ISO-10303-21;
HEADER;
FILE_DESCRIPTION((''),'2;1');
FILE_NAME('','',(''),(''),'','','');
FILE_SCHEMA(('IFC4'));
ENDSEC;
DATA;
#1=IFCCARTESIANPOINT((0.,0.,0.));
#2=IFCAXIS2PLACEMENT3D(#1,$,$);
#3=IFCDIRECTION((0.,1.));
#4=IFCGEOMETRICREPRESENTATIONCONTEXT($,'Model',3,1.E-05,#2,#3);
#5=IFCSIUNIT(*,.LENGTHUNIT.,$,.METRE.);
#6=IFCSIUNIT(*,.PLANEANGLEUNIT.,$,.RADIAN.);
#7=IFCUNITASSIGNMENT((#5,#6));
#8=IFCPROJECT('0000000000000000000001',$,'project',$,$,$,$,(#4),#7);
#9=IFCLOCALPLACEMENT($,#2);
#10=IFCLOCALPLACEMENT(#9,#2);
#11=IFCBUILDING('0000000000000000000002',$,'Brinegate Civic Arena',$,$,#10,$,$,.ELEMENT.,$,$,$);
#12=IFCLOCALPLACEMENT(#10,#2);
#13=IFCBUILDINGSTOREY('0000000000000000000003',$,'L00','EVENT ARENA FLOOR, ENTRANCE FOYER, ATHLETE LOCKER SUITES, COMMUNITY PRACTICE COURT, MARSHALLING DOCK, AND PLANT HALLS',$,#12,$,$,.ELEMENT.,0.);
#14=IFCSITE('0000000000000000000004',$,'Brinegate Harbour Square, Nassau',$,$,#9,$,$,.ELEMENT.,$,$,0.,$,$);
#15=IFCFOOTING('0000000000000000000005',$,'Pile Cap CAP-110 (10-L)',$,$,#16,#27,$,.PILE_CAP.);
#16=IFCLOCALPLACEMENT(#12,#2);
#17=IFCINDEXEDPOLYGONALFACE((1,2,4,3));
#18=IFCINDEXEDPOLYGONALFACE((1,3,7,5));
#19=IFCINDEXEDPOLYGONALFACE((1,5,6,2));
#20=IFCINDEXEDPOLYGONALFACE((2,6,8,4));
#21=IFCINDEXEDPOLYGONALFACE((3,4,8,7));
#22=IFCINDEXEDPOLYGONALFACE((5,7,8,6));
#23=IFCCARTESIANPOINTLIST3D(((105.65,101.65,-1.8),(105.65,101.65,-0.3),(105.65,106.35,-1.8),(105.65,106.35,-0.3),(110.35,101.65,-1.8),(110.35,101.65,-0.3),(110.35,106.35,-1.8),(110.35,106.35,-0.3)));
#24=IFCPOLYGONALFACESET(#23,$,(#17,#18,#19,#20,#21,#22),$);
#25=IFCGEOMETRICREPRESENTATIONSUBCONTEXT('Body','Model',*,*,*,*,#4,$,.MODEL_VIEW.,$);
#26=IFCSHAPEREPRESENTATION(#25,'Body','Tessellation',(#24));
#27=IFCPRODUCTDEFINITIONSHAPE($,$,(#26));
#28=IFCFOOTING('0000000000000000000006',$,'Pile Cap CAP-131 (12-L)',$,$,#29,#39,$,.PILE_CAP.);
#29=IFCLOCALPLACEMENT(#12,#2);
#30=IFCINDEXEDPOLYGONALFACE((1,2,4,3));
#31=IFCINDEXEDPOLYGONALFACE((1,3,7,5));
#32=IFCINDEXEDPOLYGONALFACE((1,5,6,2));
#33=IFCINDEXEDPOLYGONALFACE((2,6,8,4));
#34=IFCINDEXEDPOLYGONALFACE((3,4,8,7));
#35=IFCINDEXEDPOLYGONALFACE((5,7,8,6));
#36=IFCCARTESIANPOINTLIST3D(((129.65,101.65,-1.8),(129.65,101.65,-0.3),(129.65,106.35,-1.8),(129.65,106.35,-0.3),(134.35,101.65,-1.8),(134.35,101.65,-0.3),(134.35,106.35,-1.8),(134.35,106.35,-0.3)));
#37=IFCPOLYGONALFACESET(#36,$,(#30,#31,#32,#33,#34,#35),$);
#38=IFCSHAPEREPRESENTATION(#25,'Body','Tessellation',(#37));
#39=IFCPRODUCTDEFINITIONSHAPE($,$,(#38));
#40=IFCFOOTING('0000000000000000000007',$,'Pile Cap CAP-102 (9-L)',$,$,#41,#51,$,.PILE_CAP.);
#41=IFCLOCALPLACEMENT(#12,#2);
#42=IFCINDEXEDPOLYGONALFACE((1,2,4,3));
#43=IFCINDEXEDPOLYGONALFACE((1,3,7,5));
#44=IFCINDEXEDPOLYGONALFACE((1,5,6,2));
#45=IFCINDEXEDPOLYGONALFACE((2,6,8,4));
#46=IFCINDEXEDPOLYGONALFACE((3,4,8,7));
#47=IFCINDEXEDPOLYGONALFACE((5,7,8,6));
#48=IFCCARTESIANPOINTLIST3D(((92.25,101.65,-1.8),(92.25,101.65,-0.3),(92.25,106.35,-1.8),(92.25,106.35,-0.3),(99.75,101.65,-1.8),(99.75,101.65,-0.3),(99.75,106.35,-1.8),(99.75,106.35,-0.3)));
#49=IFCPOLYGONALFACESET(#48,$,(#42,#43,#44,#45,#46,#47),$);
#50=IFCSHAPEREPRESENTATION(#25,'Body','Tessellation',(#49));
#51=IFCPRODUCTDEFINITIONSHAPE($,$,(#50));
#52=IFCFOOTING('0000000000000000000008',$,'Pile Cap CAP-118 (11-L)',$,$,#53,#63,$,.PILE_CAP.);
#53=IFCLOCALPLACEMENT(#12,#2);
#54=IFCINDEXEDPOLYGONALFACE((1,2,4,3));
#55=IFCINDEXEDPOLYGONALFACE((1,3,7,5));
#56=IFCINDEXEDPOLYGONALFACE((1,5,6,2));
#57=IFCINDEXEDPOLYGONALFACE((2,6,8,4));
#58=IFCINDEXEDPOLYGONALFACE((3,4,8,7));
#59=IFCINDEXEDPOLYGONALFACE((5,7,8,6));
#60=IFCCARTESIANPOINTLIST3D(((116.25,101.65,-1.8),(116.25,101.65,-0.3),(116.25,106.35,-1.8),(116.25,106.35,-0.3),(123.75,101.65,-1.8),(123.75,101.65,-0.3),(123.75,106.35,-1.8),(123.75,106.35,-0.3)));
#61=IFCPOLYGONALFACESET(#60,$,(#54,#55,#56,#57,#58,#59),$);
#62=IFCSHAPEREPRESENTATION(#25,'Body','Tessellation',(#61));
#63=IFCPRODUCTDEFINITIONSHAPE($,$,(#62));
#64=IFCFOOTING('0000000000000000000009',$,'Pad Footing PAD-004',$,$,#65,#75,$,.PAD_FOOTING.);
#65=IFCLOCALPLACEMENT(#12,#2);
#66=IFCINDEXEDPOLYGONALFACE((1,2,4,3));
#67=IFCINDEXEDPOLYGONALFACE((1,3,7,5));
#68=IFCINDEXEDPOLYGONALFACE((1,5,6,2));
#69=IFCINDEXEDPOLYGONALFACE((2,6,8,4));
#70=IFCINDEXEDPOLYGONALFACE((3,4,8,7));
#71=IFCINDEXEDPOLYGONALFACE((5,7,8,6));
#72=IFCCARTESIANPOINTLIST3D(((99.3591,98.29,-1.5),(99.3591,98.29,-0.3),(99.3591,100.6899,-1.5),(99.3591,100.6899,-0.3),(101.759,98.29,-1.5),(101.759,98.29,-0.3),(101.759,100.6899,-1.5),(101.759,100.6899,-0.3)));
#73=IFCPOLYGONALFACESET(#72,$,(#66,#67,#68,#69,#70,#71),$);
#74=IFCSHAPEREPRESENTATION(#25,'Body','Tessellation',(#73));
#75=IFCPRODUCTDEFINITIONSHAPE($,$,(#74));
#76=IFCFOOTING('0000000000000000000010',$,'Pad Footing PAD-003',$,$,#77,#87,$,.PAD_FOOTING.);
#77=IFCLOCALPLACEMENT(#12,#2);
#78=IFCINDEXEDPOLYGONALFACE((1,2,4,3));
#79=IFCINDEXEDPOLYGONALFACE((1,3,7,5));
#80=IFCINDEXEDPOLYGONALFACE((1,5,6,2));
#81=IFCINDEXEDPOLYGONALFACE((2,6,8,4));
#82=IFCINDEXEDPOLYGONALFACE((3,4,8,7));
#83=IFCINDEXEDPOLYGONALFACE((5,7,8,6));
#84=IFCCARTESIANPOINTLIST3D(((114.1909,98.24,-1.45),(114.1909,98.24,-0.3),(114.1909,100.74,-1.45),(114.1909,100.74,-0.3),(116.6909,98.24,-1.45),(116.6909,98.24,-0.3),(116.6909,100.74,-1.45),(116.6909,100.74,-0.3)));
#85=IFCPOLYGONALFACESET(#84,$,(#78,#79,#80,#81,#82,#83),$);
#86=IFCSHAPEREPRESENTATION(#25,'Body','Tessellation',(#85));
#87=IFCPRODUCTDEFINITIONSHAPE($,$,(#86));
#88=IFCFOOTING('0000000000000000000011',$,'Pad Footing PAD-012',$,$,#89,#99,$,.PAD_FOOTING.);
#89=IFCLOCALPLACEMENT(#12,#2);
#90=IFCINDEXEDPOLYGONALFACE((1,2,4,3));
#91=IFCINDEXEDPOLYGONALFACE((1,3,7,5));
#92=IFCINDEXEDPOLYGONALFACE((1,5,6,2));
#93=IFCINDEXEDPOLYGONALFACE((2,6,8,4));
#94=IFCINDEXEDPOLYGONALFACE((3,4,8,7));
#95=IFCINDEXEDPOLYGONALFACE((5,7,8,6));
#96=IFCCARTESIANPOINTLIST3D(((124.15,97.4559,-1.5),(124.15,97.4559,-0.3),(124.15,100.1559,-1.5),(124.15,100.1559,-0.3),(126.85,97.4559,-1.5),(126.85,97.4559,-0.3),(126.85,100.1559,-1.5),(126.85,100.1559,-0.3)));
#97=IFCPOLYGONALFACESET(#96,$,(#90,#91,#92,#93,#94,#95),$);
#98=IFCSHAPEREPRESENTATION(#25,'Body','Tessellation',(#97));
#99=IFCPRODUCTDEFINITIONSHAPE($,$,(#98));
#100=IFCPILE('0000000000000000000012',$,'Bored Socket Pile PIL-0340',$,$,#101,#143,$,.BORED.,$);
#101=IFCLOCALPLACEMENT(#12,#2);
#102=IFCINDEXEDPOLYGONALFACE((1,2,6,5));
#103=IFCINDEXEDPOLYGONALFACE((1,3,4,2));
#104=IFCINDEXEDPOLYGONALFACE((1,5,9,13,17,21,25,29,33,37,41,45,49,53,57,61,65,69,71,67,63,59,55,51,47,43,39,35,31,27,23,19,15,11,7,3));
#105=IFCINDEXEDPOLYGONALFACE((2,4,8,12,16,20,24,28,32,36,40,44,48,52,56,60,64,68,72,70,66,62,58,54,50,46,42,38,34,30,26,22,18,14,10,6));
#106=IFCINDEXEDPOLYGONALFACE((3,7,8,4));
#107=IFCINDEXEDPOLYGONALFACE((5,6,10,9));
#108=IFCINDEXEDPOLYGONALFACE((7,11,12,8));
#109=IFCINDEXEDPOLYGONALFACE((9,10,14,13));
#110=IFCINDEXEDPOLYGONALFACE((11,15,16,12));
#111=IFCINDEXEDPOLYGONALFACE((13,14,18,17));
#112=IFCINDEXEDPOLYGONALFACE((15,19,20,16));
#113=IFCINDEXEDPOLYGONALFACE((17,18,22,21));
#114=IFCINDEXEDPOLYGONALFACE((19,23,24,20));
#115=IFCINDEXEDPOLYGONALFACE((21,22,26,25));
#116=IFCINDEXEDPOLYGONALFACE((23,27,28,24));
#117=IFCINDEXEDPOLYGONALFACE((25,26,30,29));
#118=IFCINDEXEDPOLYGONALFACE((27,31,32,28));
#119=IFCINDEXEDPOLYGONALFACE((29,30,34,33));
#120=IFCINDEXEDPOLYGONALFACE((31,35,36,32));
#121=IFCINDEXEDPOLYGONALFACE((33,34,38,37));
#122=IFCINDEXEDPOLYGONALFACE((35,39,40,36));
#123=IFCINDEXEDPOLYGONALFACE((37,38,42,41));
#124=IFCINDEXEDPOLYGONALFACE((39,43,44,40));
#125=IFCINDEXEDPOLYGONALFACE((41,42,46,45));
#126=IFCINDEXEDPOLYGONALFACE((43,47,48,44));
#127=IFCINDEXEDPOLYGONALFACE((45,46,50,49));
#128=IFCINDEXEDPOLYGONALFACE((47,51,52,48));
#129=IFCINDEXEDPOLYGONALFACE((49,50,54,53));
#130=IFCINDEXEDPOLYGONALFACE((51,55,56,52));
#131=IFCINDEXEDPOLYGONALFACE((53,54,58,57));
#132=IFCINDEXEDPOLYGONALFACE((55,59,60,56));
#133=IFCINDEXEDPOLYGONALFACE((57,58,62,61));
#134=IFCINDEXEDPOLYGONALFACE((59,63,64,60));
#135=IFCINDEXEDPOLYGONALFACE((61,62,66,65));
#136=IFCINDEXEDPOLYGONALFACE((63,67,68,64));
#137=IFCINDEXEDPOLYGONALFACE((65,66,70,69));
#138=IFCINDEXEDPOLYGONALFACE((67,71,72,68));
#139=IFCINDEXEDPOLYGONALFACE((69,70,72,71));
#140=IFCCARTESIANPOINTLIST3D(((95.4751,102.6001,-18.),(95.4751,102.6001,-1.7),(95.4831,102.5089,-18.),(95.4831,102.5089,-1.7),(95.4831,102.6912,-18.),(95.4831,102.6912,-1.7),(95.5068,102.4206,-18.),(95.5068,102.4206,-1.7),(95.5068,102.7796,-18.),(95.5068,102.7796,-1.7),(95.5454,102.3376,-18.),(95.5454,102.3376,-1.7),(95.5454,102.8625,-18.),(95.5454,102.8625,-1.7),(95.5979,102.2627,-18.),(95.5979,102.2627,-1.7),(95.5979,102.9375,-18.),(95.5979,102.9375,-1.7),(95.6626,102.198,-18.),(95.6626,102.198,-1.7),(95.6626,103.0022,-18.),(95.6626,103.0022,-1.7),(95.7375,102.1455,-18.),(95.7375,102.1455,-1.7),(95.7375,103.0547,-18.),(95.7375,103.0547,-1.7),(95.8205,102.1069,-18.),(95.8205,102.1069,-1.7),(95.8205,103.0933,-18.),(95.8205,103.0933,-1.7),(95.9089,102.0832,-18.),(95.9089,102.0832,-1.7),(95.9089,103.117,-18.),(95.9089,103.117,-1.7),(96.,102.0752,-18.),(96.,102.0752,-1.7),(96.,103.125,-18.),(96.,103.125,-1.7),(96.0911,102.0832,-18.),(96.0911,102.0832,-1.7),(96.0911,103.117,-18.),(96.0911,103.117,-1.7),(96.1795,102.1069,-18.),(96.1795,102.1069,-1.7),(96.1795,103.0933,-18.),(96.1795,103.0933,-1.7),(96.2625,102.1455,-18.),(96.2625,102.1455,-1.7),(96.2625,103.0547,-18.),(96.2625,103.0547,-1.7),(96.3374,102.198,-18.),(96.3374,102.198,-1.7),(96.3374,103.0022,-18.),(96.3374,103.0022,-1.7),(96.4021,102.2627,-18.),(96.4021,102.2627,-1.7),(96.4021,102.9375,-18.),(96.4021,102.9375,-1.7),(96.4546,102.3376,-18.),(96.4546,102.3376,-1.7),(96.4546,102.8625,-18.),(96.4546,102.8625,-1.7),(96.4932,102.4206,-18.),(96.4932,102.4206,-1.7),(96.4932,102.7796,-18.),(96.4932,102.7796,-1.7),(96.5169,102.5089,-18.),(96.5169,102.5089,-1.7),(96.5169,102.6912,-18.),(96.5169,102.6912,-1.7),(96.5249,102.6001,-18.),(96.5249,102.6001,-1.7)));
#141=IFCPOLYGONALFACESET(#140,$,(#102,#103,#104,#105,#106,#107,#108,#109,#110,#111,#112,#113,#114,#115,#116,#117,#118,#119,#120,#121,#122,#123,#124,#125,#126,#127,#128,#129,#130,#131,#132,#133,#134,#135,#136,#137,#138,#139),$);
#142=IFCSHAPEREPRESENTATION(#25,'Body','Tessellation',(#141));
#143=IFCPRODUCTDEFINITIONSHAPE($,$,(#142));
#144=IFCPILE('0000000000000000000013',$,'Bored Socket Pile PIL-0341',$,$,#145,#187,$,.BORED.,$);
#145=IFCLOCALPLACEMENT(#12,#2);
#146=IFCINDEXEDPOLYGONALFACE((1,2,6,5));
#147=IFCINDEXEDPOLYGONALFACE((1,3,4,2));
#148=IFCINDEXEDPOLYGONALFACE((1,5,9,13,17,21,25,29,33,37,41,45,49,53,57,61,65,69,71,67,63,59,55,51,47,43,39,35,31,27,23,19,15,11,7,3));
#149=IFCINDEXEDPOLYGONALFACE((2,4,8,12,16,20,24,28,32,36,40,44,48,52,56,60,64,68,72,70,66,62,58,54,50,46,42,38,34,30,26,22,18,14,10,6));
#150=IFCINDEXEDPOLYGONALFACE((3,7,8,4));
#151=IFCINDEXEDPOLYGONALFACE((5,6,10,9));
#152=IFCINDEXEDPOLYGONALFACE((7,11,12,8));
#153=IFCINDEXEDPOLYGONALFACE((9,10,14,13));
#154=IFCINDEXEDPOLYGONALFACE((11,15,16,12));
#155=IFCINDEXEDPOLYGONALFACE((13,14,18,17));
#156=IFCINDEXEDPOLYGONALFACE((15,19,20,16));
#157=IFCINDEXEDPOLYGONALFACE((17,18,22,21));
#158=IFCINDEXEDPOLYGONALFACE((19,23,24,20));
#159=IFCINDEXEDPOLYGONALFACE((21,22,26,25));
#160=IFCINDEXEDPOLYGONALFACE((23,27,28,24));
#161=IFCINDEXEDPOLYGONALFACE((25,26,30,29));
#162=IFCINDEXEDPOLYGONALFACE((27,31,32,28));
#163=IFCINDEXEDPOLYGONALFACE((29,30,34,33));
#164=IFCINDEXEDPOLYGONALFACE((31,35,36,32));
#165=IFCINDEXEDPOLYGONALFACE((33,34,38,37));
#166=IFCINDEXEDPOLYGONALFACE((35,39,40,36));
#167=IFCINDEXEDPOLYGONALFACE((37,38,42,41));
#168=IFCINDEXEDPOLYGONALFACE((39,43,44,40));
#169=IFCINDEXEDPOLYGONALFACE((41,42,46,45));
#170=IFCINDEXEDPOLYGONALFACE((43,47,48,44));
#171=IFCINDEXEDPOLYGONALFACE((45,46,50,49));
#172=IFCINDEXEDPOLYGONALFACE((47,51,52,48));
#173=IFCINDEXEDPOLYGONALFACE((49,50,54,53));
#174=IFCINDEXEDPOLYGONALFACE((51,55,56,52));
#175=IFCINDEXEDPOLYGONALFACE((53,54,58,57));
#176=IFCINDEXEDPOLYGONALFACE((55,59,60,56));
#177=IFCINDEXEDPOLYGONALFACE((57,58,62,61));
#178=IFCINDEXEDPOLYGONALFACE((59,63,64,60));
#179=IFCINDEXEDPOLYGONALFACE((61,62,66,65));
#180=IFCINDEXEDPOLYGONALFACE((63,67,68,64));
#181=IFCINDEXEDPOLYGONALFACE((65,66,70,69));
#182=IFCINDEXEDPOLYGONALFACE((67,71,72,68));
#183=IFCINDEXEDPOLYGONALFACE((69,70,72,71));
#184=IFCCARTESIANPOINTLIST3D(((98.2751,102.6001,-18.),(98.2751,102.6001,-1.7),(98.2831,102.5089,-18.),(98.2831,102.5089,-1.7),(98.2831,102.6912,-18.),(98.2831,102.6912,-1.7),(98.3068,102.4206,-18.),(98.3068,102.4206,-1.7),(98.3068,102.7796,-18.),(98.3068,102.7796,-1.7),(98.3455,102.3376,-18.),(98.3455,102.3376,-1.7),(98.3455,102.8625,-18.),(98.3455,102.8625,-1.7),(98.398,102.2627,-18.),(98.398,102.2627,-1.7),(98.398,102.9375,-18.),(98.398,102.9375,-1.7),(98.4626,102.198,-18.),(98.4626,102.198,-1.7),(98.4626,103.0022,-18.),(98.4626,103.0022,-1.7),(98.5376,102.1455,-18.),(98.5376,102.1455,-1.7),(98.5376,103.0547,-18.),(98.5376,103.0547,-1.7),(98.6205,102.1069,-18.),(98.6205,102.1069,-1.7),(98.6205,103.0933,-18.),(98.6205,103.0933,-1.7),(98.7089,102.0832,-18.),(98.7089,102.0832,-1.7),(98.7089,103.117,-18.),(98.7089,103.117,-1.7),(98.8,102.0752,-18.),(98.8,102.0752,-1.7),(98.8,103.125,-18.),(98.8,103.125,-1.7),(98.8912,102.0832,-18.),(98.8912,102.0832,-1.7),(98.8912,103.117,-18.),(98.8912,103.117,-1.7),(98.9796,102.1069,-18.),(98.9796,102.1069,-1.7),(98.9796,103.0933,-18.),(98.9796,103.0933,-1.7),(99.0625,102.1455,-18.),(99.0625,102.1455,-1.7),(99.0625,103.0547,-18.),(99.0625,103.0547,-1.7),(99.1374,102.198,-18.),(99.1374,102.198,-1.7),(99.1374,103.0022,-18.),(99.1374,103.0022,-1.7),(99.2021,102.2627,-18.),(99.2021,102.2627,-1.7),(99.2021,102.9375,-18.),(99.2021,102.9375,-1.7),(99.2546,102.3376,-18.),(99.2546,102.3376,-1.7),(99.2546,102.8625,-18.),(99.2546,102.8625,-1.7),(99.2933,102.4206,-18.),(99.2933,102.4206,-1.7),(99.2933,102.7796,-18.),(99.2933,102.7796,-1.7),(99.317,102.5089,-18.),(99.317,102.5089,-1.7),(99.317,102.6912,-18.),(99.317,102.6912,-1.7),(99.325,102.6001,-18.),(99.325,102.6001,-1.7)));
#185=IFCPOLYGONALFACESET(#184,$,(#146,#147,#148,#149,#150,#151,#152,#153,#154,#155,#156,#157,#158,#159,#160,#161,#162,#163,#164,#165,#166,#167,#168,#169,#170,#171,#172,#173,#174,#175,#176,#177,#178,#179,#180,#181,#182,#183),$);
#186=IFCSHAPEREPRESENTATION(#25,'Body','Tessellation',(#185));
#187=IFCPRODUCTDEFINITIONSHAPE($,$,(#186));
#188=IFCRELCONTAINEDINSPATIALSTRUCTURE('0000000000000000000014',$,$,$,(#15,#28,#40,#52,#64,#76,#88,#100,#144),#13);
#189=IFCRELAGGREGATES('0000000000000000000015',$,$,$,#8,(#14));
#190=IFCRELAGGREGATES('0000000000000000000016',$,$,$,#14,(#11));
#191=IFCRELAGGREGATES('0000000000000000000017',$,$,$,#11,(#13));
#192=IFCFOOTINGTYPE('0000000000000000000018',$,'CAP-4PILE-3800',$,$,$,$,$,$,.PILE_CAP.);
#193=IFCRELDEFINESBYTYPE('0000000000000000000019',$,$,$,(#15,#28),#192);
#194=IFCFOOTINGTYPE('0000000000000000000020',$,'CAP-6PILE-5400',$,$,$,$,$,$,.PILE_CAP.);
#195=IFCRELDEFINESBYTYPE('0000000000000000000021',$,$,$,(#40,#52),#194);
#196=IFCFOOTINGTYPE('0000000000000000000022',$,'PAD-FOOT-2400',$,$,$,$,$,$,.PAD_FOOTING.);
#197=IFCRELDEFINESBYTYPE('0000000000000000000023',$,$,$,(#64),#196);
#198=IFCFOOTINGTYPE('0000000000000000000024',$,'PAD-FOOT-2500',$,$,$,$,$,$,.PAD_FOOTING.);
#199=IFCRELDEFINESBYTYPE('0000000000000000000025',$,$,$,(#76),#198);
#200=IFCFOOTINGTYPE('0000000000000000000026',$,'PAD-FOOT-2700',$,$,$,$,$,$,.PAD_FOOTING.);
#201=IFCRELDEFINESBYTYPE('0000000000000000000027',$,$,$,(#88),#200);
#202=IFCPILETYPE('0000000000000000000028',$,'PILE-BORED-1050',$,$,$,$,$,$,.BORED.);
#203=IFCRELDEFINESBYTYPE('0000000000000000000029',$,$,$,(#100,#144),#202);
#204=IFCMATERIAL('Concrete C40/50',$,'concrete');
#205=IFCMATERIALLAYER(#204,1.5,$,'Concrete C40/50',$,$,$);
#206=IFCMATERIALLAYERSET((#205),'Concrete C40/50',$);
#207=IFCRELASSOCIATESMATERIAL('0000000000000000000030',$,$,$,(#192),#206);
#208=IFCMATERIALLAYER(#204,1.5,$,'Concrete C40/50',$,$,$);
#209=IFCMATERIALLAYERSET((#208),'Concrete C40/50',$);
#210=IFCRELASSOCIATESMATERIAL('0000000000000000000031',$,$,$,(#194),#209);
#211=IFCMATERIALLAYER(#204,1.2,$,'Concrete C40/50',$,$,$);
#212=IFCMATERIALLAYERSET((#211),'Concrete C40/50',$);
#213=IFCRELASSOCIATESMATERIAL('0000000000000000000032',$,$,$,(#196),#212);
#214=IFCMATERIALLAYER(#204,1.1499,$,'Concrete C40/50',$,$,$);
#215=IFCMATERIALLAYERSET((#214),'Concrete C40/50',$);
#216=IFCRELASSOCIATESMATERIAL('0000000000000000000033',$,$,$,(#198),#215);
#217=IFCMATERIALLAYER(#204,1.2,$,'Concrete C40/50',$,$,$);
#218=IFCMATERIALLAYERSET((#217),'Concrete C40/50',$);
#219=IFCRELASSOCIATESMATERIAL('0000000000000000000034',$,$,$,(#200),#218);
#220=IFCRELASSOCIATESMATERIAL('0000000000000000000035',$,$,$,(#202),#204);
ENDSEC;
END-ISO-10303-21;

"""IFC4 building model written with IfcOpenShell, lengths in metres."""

from ifc_helpers import new_model, si_unit, direction, frame, origin, origin_2d, place, context, subcontext, project, spatial, rectangle, circle, extrude, material, layer, layer_set, material_profile, profile_set, type_object, element, save


model = new_model("IFC4")

# Units and contexts
model_context = context("Model", 3, precision=1e-05, world=origin(), true_north=direction((0.0, 1.0)))
body_context = subcontext(model_context, "Body", "Model", "MODEL_VIEW")
ifc_project = project(units=[si_unit("LENGTHUNIT", "METRE"), si_unit("PLANEANGLEUNIT", "RADIAN")], contexts=[model_context])

# Site, building, storey
site_placement = place(None, origin())
site = spatial("IfcSite", under=ifc_project, at=site_placement, Name="Brinegate Harbour Square, Nassau", CompositionType="ELEMENT", RefElevation=0.0)
building_placement = place(site_placement, origin())
building = spatial("IfcBuilding", under=site, at=building_placement, Name="Brinegate Civic Arena", CompositionType="ELEMENT")
storey_placement = place(building_placement, origin())
storey = spatial("IfcBuildingStorey", under=building, at=storey_placement, Name="L00", Description="EVENT ARENA FLOOR, ENTRANCE FOYER, ATHLETE LOCKER SUITES, COMMUNITY PRACTICE COURT, MARSHALLING DOCK, AND PLANT HALLS", CompositionType="ELEMENT", Elevation=0.0)

# Footings
ifc_material_1 = material(Name="Concrete C40/50", Category="concrete")
ifc_layer_1 = layer(ifc_material_1, 1.5, Name="Concrete C40/50")
ifc_layer_set_1 = layer_set([ifc_layer_1], Name="Concrete C40/50")
footing_type_1 = type_object("IfcFootingType", Name="CAP-4PILE-3800", PredefinedType="PILE_CAP", material=ifc_layer_set_1)
for number, where, z_axis, x_axis, name in (
    (1, (108.0, 104.0, -1.8), (0.0, 0.0, 1.0), (1.0, 0.0, 0.0), "Pile Cap CAP-110 (10-L)"),
    (2, (132.0, 104.0, -1.8), (0.0, 0.0, 1.0), (1.0, 0.0, 0.0), "Pile Cap CAP-131 (12-L)"),
):
    element("IfcFooting", number, at=place(storey_placement, frame(where, z_axis=z_axis, x_axis=x_axis)), inside=storey, type_object=footing_type_1, Name=name, PredefinedType="PILE_CAP", context=body_context, shape_type="SweptSolid", body=[
        extrude(rectangle(XDim=4.7, YDim=4.7, at=origin_2d()), origin(), (0.0, 0.0, 1.0), 1.5),
    ])
ifc_layer_2 = layer(ifc_material_1, 1.5, Name="Concrete C40/50")
ifc_layer_set_2 = layer_set([ifc_layer_2], Name="Concrete C40/50")
footing_type_2 = type_object("IfcFootingType", Name="CAP-6PILE-5400", PredefinedType="PILE_CAP", material=ifc_layer_set_2)
for number, where, z_axis, x_axis, name in (
    (3, (96.0, 104.0, -1.8), (0.0, 0.0, 1.0), (1.0, 0.0, 0.0), "Pile Cap CAP-102 (9-L)"),
    (4, (120.0, 104.0, -1.8), (0.0, 0.0, 1.0), (1.0, 0.0, 0.0), "Pile Cap CAP-118 (11-L)"),
):
    element("IfcFooting", number, at=place(storey_placement, frame(where, z_axis=z_axis, x_axis=x_axis)), inside=storey, type_object=footing_type_2, Name=name, PredefinedType="PILE_CAP", context=body_context, shape_type="SweptSolid", body=[
        extrude(rectangle(XDim=7.5, YDim=4.7, at=origin_2d()), origin(), (0.0, 0.0, 1.0), 1.5),
    ])
ifc_layer_3 = layer(ifc_material_1, 1.2, Name="Concrete C40/50")
ifc_layer_set_3 = layer_set([ifc_layer_3], Name="Concrete C40/50")
footing_type_3 = type_object("IfcFootingType", Name="PAD-FOOT-2400", PredefinedType="PAD_FOOTING", material=ifc_layer_set_3)
footing_1_placement = place(storey_placement, frame((100.5591, 99.49, -1.5), z_axis=(0.0, 0.0, 1.0), x_axis=(1.0, 0.0, 0.0)))
element("IfcFooting", 5, at=footing_1_placement, inside=storey, type_object=footing_type_3, Name="Pad Footing PAD-004", PredefinedType="PAD_FOOTING", context=body_context, shape_type="SweptSolid", body=[
    extrude(rectangle(XDim=2.3999, YDim=2.3999, at=origin_2d()), origin(), (0.0, 0.0, 1.0), 1.2),
])
ifc_layer_4 = layer(ifc_material_1, 1.1499, Name="Concrete C40/50")
ifc_layer_set_4 = layer_set([ifc_layer_4], Name="Concrete C40/50")
footing_type_4 = type_object("IfcFootingType", Name="PAD-FOOT-2500", PredefinedType="PAD_FOOTING", material=ifc_layer_set_4)
footing_2_placement = place(storey_placement, frame((115.4409, 99.49, -1.45), z_axis=(0.0, 0.0, 1.0), x_axis=(1.0, 0.0, 0.0)))
element("IfcFooting", 6, at=footing_2_placement, inside=storey, type_object=footing_type_4, Name="Pad Footing PAD-003", PredefinedType="PAD_FOOTING", context=body_context, shape_type="SweptSolid", body=[
    extrude(rectangle(XDim=2.5, YDim=2.5, at=origin_2d()), origin(), (0.0, 0.0, 1.0), 1.1499),
])
ifc_layer_5 = layer(ifc_material_1, 1.2, Name="Concrete C40/50")
ifc_layer_set_5 = layer_set([ifc_layer_5], Name="Concrete C40/50")
footing_type_5 = type_object("IfcFootingType", Name="PAD-FOOT-2700", PredefinedType="PAD_FOOTING", material=ifc_layer_set_5)
footing_3_placement = place(storey_placement, frame((125.5, 98.8059, -1.5), z_axis=(0.0, 0.0, 1.0), x_axis=(1.0, 0.0, 0.0)))
element("IfcFooting", 7, at=footing_3_placement, inside=storey, type_object=footing_type_5, Name="Pad Footing PAD-012", PredefinedType="PAD_FOOTING", context=body_context, shape_type="SweptSolid", body=[
    extrude(rectangle(XDim=2.7, YDim=2.7, at=origin_2d()), origin(), (0.0, 0.0, 1.0), 1.2),
])

# Piles
ifc_material_profile_1 = material_profile(ifc_material_1, circle(Radius=0.5249, at=origin_2d()), Name="PILED1050")
ifc_profile_set_1 = profile_set([ifc_material_profile_1], Name="Concrete C40/50")
pile_type_1 = type_object("IfcPileType", Name="PILE-BORED-1050", PredefinedType="BORED", material=ifc_profile_set_1)
for number, where, z_axis, x_axis, name in (
    (8, (96.0, 102.6001, -1.7), (0.0, 0.0, -1.0), (1.0, 0.0, 0.0), "Bored Socket Pile PIL-0340"),
    (9, (98.8, 102.6001, -1.7), (0.0, 0.0, -1.0), (1.0, 0.0, 0.0), "Bored Socket Pile PIL-0341"),
):
    element("IfcPile", number, at=place(storey_placement, frame(where, z_axis=z_axis, x_axis=x_axis)), inside=storey, type_object=pile_type_1, Name=name, PredefinedType="BORED", context=body_context, shape_type="SweptSolid", body=[
        extrude(circle(Radius=0.5249, at=origin_2d()), origin(), (0.0, 0.0, 1.0), 16.3),
    ])

save(model, "model.ifc")
